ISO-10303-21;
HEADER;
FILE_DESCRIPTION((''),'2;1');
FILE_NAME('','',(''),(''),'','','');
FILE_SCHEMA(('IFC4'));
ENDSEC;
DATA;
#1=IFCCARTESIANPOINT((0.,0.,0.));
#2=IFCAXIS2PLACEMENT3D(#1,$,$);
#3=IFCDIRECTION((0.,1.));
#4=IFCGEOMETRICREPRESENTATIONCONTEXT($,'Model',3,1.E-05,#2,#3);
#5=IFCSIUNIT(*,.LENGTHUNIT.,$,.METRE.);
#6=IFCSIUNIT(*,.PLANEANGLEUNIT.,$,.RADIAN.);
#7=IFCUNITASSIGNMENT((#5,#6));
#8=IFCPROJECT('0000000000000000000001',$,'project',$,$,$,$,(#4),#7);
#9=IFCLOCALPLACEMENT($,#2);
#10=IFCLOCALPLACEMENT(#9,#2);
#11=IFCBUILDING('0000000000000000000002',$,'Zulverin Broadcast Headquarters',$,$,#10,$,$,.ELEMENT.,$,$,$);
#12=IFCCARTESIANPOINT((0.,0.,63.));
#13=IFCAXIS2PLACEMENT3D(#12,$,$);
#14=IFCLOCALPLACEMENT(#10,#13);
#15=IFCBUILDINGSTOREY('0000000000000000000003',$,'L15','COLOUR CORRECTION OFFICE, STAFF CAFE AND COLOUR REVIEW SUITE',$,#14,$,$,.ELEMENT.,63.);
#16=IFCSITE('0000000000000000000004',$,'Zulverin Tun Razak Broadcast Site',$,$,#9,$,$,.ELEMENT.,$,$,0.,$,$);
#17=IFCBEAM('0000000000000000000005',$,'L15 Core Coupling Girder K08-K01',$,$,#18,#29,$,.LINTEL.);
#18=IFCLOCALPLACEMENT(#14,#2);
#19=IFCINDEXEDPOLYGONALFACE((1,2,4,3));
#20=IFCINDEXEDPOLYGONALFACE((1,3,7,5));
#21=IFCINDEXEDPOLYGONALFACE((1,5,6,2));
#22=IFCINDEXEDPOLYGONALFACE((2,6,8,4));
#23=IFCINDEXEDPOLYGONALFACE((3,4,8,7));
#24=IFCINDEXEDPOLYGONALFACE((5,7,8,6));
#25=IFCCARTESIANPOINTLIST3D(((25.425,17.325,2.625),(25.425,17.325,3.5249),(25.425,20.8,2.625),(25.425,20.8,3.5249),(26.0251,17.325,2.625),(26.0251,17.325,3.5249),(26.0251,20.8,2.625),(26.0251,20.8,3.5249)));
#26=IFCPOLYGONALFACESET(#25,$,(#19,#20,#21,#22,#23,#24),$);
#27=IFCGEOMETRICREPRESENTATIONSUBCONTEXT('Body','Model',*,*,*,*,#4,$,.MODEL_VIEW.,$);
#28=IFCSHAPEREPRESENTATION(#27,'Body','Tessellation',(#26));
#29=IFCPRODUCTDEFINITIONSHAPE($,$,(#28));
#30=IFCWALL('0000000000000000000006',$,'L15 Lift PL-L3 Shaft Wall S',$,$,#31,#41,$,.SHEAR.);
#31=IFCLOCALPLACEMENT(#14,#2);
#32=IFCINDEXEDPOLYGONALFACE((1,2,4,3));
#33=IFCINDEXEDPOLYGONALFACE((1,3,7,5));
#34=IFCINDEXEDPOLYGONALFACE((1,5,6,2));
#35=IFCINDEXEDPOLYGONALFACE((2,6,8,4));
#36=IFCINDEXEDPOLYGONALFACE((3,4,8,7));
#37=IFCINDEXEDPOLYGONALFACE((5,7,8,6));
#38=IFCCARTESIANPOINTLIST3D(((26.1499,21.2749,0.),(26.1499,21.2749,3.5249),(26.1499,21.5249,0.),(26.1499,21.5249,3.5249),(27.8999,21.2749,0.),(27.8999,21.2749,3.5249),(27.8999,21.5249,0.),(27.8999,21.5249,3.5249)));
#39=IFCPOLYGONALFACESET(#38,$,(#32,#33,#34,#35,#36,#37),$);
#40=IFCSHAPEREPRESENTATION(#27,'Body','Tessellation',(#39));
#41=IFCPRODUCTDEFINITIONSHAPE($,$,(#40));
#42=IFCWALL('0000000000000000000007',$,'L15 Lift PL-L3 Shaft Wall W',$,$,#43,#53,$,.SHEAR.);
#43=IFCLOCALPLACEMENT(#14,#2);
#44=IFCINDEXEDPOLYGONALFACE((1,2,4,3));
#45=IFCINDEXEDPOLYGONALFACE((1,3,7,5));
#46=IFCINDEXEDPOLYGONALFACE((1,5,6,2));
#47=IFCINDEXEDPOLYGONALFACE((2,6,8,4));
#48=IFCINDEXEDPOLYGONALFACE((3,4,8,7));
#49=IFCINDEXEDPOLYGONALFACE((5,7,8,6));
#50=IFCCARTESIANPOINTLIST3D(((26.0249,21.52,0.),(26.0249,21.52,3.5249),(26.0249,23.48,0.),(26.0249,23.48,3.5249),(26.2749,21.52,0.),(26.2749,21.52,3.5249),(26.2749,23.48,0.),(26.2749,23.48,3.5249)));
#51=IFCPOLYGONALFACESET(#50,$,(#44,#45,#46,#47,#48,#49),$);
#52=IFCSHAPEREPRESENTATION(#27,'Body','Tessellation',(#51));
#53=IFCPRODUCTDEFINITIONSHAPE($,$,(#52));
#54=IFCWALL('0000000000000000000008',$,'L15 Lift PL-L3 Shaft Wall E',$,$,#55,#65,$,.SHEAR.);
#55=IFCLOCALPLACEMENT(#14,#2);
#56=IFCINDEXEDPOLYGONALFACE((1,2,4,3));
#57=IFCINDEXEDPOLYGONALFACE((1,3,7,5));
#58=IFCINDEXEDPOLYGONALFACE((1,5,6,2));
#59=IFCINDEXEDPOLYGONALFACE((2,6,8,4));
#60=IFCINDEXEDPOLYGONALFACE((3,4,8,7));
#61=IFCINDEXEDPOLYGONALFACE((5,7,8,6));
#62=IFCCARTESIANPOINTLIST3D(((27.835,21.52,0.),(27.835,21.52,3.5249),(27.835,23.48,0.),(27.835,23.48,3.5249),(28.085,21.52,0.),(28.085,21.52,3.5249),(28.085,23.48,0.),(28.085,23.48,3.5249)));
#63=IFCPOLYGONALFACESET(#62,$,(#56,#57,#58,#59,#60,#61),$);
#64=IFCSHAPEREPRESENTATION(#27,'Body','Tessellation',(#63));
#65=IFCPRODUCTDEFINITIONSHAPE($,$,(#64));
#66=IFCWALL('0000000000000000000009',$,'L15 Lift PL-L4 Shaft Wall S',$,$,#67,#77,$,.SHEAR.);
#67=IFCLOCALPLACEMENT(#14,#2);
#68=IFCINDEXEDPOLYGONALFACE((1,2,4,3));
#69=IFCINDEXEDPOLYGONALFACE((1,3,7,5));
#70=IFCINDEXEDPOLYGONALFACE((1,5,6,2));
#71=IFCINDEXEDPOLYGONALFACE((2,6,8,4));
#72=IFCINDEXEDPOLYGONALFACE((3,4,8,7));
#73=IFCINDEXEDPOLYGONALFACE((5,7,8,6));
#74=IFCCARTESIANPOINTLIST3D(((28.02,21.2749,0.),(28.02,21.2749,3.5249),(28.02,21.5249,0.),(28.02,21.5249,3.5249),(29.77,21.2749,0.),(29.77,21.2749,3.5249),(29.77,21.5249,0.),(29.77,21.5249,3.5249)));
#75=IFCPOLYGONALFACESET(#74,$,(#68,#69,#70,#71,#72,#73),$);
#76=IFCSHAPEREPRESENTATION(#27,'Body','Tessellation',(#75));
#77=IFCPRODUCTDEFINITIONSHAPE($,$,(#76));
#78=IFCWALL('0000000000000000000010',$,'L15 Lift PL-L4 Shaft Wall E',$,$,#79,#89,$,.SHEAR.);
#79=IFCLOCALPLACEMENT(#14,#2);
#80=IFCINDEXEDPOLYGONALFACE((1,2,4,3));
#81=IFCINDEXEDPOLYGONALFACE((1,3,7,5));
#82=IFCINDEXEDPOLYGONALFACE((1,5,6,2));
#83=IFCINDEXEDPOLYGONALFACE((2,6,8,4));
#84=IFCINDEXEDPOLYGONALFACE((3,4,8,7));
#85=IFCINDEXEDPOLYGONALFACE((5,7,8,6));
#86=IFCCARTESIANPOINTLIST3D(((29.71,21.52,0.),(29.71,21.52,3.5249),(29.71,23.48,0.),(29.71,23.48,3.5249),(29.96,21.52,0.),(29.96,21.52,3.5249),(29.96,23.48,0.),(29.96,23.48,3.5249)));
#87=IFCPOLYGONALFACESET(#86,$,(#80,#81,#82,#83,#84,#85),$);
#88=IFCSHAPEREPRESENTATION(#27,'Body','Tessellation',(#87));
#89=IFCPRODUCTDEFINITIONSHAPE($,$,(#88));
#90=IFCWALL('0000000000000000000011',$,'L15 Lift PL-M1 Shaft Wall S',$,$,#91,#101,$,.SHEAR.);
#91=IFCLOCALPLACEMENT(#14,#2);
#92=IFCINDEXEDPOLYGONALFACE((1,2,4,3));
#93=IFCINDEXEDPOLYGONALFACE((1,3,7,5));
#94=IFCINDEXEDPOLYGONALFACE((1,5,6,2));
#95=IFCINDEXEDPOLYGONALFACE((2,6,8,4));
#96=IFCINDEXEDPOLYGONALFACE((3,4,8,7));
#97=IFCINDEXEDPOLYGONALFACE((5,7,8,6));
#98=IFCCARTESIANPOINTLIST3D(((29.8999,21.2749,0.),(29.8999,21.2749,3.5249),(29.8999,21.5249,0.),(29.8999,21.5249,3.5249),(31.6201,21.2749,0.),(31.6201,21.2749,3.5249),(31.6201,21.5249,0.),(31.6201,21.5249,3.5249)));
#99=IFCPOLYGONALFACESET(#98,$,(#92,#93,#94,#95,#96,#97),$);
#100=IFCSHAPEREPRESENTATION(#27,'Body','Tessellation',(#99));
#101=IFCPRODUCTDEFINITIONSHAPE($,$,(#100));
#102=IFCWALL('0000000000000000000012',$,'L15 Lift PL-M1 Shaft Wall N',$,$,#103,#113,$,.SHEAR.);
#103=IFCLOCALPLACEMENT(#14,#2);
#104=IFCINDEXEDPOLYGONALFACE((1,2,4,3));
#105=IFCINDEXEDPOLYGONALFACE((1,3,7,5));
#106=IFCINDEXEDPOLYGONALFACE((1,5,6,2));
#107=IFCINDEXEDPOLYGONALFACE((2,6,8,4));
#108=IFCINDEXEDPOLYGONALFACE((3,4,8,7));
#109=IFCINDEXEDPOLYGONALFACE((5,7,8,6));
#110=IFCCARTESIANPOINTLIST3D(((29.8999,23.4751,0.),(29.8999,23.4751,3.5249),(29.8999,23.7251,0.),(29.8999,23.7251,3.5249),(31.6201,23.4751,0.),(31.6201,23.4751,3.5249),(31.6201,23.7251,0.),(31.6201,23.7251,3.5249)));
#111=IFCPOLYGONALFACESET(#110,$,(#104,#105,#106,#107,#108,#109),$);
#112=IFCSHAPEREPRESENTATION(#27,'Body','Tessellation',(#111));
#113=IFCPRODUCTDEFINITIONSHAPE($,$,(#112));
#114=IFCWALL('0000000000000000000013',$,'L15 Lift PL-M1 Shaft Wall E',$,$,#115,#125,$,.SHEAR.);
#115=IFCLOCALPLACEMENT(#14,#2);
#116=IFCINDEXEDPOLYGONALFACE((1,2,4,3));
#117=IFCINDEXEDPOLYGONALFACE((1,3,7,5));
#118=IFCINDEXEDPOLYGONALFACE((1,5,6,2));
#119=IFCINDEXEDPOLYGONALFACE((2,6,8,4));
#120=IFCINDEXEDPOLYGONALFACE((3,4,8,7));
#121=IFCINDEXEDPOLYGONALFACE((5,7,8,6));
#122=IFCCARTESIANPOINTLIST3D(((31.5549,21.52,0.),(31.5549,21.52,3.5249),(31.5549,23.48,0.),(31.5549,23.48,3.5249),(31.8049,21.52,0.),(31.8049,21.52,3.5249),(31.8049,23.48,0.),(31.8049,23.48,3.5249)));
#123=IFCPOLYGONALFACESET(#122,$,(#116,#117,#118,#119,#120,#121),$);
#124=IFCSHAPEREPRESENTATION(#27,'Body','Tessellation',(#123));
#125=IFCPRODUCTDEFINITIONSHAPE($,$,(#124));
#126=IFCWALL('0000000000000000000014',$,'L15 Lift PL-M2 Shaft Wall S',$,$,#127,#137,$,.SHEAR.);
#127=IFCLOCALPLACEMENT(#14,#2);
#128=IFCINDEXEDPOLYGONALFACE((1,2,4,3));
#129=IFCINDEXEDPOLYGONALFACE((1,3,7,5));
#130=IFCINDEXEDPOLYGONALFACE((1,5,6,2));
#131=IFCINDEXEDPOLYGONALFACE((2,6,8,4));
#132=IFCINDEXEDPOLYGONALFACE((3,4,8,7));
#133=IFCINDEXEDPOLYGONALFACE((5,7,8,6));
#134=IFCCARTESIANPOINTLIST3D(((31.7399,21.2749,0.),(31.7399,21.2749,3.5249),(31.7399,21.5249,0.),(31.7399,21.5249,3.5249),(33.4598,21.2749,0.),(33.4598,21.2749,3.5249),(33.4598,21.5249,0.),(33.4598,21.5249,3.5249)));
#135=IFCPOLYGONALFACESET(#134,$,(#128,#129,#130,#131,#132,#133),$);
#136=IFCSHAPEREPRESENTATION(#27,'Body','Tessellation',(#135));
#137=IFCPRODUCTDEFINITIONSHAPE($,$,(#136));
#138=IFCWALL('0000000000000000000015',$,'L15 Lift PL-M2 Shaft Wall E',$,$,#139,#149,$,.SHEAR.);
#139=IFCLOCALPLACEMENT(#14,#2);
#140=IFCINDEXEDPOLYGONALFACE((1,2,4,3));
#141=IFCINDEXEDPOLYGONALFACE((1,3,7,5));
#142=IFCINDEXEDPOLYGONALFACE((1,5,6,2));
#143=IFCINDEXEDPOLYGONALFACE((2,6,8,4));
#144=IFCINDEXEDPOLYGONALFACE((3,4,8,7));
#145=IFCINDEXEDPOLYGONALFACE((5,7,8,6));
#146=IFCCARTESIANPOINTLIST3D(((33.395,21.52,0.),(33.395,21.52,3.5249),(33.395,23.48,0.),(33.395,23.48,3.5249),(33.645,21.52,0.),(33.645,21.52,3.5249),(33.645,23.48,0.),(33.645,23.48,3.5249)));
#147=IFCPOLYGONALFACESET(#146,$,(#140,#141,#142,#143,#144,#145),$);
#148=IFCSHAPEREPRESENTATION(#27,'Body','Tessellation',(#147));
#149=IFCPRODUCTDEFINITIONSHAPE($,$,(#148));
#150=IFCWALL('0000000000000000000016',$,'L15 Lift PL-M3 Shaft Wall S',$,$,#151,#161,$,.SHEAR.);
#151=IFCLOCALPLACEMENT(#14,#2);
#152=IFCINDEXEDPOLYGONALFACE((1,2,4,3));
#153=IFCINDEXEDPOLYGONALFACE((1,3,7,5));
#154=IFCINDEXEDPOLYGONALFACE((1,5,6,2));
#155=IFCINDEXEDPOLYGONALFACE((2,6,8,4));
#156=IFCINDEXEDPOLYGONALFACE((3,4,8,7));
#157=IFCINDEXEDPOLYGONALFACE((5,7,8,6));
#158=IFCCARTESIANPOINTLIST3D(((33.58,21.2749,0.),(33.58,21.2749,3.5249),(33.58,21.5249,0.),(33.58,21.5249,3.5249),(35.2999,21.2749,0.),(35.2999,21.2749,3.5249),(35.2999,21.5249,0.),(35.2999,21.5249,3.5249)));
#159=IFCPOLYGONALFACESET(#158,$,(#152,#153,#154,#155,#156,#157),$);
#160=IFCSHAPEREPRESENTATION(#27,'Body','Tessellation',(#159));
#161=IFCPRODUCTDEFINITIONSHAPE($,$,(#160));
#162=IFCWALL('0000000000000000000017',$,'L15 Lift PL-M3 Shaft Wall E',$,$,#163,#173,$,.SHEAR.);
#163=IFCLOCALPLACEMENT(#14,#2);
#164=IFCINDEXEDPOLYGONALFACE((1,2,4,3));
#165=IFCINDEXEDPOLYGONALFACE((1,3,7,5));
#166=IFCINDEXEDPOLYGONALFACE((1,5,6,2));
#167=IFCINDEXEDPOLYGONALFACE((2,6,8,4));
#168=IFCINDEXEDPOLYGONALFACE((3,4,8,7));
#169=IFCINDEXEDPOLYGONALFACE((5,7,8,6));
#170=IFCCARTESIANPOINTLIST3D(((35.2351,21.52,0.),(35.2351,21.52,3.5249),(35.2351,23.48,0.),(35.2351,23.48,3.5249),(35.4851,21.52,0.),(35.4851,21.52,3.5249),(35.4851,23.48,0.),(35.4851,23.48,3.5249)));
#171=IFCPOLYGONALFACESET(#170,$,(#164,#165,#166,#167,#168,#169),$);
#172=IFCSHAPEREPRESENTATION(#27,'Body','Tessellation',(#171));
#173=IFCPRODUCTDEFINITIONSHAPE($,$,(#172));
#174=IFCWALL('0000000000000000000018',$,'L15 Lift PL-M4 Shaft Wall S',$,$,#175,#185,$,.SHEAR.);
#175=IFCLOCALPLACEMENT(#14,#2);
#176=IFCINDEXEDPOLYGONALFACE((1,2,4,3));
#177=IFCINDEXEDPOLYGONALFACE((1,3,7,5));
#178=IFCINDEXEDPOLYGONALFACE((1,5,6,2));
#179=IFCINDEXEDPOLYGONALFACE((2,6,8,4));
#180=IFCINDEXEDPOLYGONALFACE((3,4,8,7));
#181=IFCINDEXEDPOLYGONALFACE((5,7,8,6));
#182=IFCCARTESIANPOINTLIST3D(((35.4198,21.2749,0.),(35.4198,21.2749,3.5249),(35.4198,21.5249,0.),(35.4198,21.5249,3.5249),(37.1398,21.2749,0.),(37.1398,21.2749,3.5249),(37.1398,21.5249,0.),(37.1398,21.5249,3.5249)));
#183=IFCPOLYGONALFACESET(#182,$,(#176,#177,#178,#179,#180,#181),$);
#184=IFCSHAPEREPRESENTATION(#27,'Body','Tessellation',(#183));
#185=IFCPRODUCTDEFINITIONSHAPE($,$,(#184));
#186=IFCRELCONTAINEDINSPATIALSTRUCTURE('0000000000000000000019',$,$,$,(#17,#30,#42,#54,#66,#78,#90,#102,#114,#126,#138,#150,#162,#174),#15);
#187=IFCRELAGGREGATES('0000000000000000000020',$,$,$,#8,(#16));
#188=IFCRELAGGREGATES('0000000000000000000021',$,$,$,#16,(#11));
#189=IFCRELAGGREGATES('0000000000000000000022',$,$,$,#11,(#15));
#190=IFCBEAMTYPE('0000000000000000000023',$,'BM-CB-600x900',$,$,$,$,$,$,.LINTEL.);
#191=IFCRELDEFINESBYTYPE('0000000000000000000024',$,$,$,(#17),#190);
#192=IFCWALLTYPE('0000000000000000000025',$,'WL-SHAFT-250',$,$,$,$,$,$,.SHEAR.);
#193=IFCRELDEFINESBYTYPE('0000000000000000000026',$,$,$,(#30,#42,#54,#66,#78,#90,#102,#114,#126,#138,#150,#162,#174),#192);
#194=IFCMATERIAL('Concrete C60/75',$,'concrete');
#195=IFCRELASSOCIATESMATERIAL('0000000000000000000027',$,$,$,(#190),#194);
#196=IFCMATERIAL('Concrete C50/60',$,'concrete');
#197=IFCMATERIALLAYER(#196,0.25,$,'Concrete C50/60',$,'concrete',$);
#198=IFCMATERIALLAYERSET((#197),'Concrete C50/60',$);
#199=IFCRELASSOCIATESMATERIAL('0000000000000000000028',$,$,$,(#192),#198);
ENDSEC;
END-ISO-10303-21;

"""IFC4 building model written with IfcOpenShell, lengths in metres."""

from ifc_helpers import new_model, si_unit, direction, frame, frame_2d, origin, origin_2d, place, context, subcontext, project, spatial, rectangle, extrude, material, layer, layer_set, material_profile, profile_set, type_object, element, save


model = new_model("IFC4")

# Units and contexts
model_context = context("Model", 3, precision=1e-05, world=origin(), true_north=direction((0.0, 1.0)))
body_context = subcontext(model_context, "Body", "Model", "MODEL_VIEW")
ifc_project = project(units=[si_unit("LENGTHUNIT", "METRE"), si_unit("PLANEANGLEUNIT", "RADIAN")], contexts=[model_context])

# Site, building, storey
site_placement = place(None, origin())
site = spatial("IfcSite", under=ifc_project, at=site_placement, Name="Zulverin Tun Razak Broadcast Site", CompositionType="ELEMENT", RefElevation=0.0)
building_placement = place(site_placement, origin())
building = spatial("IfcBuilding", under=site, at=building_placement, Name="Zulverin Broadcast Headquarters", CompositionType="ELEMENT")
storey_placement = place(building_placement, frame((0.0, 0.0, 63.0)))
storey = spatial("IfcBuildingStorey", under=building, at=storey_placement, Name="L15", Description="COLOUR CORRECTION OFFICE, STAFF CAFE AND COLOUR REVIEW SUITE", CompositionType="ELEMENT", Elevation=63.0)

# Beam
ifc_material_1 = material(Name="Concrete C60/75", Category="concrete")
ifc_material_profile = material_profile(ifc_material_1, rectangle(XDim=0.6001, YDim=0.8999, at=origin_2d()), Name="Concrete C60/75", Category="concrete")
ifc_profile_set = profile_set([ifc_material_profile], Name="Concrete C60/75")
beam_type = type_object("IfcBeamType", Name="BM-CB-600x900", PredefinedType="LINTEL", material=ifc_profile_set)
beam_placement = place(storey_placement, frame((25.7251, 20.8, 3.075), z_axis=(0.0, -1.0, 0.0), x_axis=(1.0, 0.0, 0.0)))
element("IfcBeam", 1, at=beam_placement, inside=storey, type_object=beam_type, Name="L15 Core Coupling Girder K08-K01", PredefinedType="LINTEL", context=body_context, shape_type="SweptSolid", body=[
    extrude(rectangle(XDim=0.6001, YDim=0.8999, at=origin_2d()), origin(), (0.0, 0.0, 1.0), 3.4751),
])

# Wall
ifc_material_2 = material(Name="Concrete C50/60", Category="concrete")
ifc_layer = layer(ifc_material_2, 0.25, Name="Concrete C50/60", Category="concrete")
ifc_layer_set = layer_set([ifc_layer], Name="Concrete C50/60")
wall_type = type_object("IfcWallType", Name="WL-SHAFT-250", PredefinedType="SHEAR", material=ifc_layer_set)
wall_1_placement = place(storey_placement, frame((26.1499, 21.3999, 0.0), z_axis=(0.0, 0.0, 1.0), x_axis=(1.0, 0.0, 0.0)))
element("IfcWall", 2, at=wall_1_placement, inside=storey, type_object=wall_type, Name="L15 Lift PL-L3 Shaft Wall S", PredefinedType="SHEAR", context=body_context, shape_type="SweptSolid", body=[
    extrude(rectangle(XDim=1.75, YDim=0.25, at=frame_2d((0.875, 0.0))), origin(), (0.0, 0.0, 1.0), 3.5249),
])

# Walls
for number, where, z_axis, x_axis, name in (
    (3, (26.1499, 21.52, 0.0), (0.0, 0.0, 1.0), (0.0, 1.0, 0.0), "L15 Lift PL-L3 Shaft Wall W"),
    (4, (27.96, 21.52, 0.0), (0.0, 0.0, 1.0), (0.0, 1.0, 0.0), "L15 Lift PL-L3 Shaft Wall E"),
):
    element("IfcWall", number, at=place(storey_placement, frame(where, z_axis=z_axis, x_axis=x_axis)), inside=storey, type_object=wall_type, Name=name, PredefinedType="SHEAR", context=body_context, shape_type="SweptSolid", body=[
        extrude(rectangle(XDim=1.96, YDim=0.25, at=frame_2d((0.98, 0.0))), origin(), (0.0, 0.0, 1.0), 3.5249),
    ])
wall_2_placement = place(storey_placement, frame((28.02, 21.3999, 0.0), z_axis=(0.0, 0.0, 1.0), x_axis=(1.0, 0.0, 0.0)))
element("IfcWall", 5, at=wall_2_placement, inside=storey, type_object=wall_type, Name="L15 Lift PL-L4 Shaft Wall S", PredefinedType="SHEAR", context=body_context, shape_type="SweptSolid", body=[
    extrude(rectangle(XDim=1.75, YDim=0.25, at=frame_2d((0.875, 0.0))), origin(), (0.0, 0.0, 1.0), 3.5249),
])

# Walls
wall_3_placement = place(storey_placement, frame((29.835, 21.52, 0.0), z_axis=(0.0, 0.0, 1.0), x_axis=(0.0, 1.0, 0.0)))
element("IfcWall", 6, at=wall_3_placement, inside=storey, type_object=wall_type, Name="L15 Lift PL-L4 Shaft Wall E", PredefinedType="SHEAR", context=body_context, shape_type="SweptSolid", body=[
    extrude(rectangle(XDim=1.96, YDim=0.25, at=frame_2d((0.98, 0.0))), origin(), (0.0, 0.0, 1.0), 3.5249),
])
for number, where, z_axis, x_axis, name in (
    (7, (29.8999, 21.3999, 0.0), (0.0, 0.0, 1.0), (1.0, 0.0, 0.0), "L15 Lift PL-M1 Shaft Wall S"),
    (8, (29.8999, 23.6001, 0.0), (0.0, 0.0, 1.0), (1.0, 0.0, 0.0), "L15 Lift PL-M1 Shaft Wall N"),
):
    element("IfcWall", number, at=place(storey_placement, frame(where, z_axis=z_axis, x_axis=x_axis)), inside=storey, type_object=wall_type, Name=name, PredefinedType="SHEAR", context=body_context, shape_type="SweptSolid", body=[
        extrude(rectangle(XDim=1.7202, YDim=0.25, at=frame_2d((0.8601, 0.0))), origin(), (0.0, 0.0, 1.0), 3.5249),
    ])
wall_4_placement = place(storey_placement, frame((31.6799, 21.52, 0.0), z_axis=(0.0, 0.0, 1.0), x_axis=(0.0, 1.0, 0.0)))
element("IfcWall", 9, at=wall_4_placement, inside=storey, type_object=wall_type, Name="L15 Lift PL-M1 Shaft Wall E", PredefinedType="SHEAR", context=body_context, shape_type="SweptSolid", body=[
    extrude(rectangle(XDim=1.96, YDim=0.25, at=frame_2d((0.98, 0.0))), origin(), (0.0, 0.0, 1.0), 3.5249),
])
wall_5_placement = place(storey_placement, frame((31.74, 21.3999, 0.0), z_axis=(0.0, 0.0, 1.0), x_axis=(1.0, 0.0, 0.0)))
element("IfcWall", 10, at=wall_5_placement, inside=storey, type_object=wall_type, Name="L15 Lift PL-M2 Shaft Wall S", PredefinedType="SHEAR", context=body_context, shape_type="SweptSolid", body=[
    extrude(rectangle(XDim=1.72, YDim=0.25, at=frame_2d((0.8599, 0.0))), origin(), (0.0, 0.0, 1.0), 3.5249),
])
wall_6_placement = place(storey_placement, frame((33.52, 21.52, 0.0), z_axis=(0.0, 0.0, 1.0), x_axis=(0.0, 1.0, 0.0)))
element("IfcWall", 11, at=wall_6_placement, inside=storey, type_object=wall_type, Name="L15 Lift PL-M2 Shaft Wall E", PredefinedType="SHEAR", context=body_context, shape_type="SweptSolid", body=[
    extrude(rectangle(XDim=1.96, YDim=0.25, at=frame_2d((0.98, 0.0))), origin(), (0.0, 0.0, 1.0), 3.5249),
])
wall_7_placement = place(storey_placement, frame((33.5801, 21.3999, 0.0), z_axis=(0.0, 0.0, 1.0), x_axis=(1.0, 0.0, 0.0)))
element("IfcWall", 12, at=wall_7_placement, inside=storey, type_object=wall_type, Name="L15 Lift PL-M3 Shaft Wall S", PredefinedType="SHEAR", context=body_context, shape_type="SweptSolid", body=[
    extrude(rectangle(XDim=1.72, YDim=0.25, at=frame_2d((0.8599, 0.0))), origin(), (0.0, 0.0, 1.0), 3.5249),
])
wall_8_placement = place(storey_placement, frame((35.3601, 21.52, 0.0), z_axis=(0.0, 0.0, 1.0), x_axis=(0.0, 1.0, 0.0)))
element("IfcWall", 13, at=wall_8_placement, inside=storey, type_object=wall_type, Name="L15 Lift PL-M3 Shaft Wall E", PredefinedType="SHEAR", context=body_context, shape_type="SweptSolid", body=[
    extrude(rectangle(XDim=1.96, YDim=0.25, at=frame_2d((0.98, 0.0))), origin(), (0.0, 0.0, 1.0), 3.5249),
])
wall_9_placement = place(storey_placement, frame((35.4199, 21.3999, 0.0), z_axis=(0.0, 0.0, 1.0), x_axis=(1.0, 0.0, 0.0)))
element("IfcWall", 14, at=wall_9_placement, inside=storey, type_object=wall_type, Name="L15 Lift PL-M4 Shaft Wall S", PredefinedType="SHEAR", context=body_context, shape_type="SweptSolid", body=[
    extrude(rectangle(XDim=1.72, YDim=0.25, at=frame_2d((0.8599, 0.0))), origin(), (0.0, 0.0, 1.0), 3.5249),
])

save(model, "model.ifc")
